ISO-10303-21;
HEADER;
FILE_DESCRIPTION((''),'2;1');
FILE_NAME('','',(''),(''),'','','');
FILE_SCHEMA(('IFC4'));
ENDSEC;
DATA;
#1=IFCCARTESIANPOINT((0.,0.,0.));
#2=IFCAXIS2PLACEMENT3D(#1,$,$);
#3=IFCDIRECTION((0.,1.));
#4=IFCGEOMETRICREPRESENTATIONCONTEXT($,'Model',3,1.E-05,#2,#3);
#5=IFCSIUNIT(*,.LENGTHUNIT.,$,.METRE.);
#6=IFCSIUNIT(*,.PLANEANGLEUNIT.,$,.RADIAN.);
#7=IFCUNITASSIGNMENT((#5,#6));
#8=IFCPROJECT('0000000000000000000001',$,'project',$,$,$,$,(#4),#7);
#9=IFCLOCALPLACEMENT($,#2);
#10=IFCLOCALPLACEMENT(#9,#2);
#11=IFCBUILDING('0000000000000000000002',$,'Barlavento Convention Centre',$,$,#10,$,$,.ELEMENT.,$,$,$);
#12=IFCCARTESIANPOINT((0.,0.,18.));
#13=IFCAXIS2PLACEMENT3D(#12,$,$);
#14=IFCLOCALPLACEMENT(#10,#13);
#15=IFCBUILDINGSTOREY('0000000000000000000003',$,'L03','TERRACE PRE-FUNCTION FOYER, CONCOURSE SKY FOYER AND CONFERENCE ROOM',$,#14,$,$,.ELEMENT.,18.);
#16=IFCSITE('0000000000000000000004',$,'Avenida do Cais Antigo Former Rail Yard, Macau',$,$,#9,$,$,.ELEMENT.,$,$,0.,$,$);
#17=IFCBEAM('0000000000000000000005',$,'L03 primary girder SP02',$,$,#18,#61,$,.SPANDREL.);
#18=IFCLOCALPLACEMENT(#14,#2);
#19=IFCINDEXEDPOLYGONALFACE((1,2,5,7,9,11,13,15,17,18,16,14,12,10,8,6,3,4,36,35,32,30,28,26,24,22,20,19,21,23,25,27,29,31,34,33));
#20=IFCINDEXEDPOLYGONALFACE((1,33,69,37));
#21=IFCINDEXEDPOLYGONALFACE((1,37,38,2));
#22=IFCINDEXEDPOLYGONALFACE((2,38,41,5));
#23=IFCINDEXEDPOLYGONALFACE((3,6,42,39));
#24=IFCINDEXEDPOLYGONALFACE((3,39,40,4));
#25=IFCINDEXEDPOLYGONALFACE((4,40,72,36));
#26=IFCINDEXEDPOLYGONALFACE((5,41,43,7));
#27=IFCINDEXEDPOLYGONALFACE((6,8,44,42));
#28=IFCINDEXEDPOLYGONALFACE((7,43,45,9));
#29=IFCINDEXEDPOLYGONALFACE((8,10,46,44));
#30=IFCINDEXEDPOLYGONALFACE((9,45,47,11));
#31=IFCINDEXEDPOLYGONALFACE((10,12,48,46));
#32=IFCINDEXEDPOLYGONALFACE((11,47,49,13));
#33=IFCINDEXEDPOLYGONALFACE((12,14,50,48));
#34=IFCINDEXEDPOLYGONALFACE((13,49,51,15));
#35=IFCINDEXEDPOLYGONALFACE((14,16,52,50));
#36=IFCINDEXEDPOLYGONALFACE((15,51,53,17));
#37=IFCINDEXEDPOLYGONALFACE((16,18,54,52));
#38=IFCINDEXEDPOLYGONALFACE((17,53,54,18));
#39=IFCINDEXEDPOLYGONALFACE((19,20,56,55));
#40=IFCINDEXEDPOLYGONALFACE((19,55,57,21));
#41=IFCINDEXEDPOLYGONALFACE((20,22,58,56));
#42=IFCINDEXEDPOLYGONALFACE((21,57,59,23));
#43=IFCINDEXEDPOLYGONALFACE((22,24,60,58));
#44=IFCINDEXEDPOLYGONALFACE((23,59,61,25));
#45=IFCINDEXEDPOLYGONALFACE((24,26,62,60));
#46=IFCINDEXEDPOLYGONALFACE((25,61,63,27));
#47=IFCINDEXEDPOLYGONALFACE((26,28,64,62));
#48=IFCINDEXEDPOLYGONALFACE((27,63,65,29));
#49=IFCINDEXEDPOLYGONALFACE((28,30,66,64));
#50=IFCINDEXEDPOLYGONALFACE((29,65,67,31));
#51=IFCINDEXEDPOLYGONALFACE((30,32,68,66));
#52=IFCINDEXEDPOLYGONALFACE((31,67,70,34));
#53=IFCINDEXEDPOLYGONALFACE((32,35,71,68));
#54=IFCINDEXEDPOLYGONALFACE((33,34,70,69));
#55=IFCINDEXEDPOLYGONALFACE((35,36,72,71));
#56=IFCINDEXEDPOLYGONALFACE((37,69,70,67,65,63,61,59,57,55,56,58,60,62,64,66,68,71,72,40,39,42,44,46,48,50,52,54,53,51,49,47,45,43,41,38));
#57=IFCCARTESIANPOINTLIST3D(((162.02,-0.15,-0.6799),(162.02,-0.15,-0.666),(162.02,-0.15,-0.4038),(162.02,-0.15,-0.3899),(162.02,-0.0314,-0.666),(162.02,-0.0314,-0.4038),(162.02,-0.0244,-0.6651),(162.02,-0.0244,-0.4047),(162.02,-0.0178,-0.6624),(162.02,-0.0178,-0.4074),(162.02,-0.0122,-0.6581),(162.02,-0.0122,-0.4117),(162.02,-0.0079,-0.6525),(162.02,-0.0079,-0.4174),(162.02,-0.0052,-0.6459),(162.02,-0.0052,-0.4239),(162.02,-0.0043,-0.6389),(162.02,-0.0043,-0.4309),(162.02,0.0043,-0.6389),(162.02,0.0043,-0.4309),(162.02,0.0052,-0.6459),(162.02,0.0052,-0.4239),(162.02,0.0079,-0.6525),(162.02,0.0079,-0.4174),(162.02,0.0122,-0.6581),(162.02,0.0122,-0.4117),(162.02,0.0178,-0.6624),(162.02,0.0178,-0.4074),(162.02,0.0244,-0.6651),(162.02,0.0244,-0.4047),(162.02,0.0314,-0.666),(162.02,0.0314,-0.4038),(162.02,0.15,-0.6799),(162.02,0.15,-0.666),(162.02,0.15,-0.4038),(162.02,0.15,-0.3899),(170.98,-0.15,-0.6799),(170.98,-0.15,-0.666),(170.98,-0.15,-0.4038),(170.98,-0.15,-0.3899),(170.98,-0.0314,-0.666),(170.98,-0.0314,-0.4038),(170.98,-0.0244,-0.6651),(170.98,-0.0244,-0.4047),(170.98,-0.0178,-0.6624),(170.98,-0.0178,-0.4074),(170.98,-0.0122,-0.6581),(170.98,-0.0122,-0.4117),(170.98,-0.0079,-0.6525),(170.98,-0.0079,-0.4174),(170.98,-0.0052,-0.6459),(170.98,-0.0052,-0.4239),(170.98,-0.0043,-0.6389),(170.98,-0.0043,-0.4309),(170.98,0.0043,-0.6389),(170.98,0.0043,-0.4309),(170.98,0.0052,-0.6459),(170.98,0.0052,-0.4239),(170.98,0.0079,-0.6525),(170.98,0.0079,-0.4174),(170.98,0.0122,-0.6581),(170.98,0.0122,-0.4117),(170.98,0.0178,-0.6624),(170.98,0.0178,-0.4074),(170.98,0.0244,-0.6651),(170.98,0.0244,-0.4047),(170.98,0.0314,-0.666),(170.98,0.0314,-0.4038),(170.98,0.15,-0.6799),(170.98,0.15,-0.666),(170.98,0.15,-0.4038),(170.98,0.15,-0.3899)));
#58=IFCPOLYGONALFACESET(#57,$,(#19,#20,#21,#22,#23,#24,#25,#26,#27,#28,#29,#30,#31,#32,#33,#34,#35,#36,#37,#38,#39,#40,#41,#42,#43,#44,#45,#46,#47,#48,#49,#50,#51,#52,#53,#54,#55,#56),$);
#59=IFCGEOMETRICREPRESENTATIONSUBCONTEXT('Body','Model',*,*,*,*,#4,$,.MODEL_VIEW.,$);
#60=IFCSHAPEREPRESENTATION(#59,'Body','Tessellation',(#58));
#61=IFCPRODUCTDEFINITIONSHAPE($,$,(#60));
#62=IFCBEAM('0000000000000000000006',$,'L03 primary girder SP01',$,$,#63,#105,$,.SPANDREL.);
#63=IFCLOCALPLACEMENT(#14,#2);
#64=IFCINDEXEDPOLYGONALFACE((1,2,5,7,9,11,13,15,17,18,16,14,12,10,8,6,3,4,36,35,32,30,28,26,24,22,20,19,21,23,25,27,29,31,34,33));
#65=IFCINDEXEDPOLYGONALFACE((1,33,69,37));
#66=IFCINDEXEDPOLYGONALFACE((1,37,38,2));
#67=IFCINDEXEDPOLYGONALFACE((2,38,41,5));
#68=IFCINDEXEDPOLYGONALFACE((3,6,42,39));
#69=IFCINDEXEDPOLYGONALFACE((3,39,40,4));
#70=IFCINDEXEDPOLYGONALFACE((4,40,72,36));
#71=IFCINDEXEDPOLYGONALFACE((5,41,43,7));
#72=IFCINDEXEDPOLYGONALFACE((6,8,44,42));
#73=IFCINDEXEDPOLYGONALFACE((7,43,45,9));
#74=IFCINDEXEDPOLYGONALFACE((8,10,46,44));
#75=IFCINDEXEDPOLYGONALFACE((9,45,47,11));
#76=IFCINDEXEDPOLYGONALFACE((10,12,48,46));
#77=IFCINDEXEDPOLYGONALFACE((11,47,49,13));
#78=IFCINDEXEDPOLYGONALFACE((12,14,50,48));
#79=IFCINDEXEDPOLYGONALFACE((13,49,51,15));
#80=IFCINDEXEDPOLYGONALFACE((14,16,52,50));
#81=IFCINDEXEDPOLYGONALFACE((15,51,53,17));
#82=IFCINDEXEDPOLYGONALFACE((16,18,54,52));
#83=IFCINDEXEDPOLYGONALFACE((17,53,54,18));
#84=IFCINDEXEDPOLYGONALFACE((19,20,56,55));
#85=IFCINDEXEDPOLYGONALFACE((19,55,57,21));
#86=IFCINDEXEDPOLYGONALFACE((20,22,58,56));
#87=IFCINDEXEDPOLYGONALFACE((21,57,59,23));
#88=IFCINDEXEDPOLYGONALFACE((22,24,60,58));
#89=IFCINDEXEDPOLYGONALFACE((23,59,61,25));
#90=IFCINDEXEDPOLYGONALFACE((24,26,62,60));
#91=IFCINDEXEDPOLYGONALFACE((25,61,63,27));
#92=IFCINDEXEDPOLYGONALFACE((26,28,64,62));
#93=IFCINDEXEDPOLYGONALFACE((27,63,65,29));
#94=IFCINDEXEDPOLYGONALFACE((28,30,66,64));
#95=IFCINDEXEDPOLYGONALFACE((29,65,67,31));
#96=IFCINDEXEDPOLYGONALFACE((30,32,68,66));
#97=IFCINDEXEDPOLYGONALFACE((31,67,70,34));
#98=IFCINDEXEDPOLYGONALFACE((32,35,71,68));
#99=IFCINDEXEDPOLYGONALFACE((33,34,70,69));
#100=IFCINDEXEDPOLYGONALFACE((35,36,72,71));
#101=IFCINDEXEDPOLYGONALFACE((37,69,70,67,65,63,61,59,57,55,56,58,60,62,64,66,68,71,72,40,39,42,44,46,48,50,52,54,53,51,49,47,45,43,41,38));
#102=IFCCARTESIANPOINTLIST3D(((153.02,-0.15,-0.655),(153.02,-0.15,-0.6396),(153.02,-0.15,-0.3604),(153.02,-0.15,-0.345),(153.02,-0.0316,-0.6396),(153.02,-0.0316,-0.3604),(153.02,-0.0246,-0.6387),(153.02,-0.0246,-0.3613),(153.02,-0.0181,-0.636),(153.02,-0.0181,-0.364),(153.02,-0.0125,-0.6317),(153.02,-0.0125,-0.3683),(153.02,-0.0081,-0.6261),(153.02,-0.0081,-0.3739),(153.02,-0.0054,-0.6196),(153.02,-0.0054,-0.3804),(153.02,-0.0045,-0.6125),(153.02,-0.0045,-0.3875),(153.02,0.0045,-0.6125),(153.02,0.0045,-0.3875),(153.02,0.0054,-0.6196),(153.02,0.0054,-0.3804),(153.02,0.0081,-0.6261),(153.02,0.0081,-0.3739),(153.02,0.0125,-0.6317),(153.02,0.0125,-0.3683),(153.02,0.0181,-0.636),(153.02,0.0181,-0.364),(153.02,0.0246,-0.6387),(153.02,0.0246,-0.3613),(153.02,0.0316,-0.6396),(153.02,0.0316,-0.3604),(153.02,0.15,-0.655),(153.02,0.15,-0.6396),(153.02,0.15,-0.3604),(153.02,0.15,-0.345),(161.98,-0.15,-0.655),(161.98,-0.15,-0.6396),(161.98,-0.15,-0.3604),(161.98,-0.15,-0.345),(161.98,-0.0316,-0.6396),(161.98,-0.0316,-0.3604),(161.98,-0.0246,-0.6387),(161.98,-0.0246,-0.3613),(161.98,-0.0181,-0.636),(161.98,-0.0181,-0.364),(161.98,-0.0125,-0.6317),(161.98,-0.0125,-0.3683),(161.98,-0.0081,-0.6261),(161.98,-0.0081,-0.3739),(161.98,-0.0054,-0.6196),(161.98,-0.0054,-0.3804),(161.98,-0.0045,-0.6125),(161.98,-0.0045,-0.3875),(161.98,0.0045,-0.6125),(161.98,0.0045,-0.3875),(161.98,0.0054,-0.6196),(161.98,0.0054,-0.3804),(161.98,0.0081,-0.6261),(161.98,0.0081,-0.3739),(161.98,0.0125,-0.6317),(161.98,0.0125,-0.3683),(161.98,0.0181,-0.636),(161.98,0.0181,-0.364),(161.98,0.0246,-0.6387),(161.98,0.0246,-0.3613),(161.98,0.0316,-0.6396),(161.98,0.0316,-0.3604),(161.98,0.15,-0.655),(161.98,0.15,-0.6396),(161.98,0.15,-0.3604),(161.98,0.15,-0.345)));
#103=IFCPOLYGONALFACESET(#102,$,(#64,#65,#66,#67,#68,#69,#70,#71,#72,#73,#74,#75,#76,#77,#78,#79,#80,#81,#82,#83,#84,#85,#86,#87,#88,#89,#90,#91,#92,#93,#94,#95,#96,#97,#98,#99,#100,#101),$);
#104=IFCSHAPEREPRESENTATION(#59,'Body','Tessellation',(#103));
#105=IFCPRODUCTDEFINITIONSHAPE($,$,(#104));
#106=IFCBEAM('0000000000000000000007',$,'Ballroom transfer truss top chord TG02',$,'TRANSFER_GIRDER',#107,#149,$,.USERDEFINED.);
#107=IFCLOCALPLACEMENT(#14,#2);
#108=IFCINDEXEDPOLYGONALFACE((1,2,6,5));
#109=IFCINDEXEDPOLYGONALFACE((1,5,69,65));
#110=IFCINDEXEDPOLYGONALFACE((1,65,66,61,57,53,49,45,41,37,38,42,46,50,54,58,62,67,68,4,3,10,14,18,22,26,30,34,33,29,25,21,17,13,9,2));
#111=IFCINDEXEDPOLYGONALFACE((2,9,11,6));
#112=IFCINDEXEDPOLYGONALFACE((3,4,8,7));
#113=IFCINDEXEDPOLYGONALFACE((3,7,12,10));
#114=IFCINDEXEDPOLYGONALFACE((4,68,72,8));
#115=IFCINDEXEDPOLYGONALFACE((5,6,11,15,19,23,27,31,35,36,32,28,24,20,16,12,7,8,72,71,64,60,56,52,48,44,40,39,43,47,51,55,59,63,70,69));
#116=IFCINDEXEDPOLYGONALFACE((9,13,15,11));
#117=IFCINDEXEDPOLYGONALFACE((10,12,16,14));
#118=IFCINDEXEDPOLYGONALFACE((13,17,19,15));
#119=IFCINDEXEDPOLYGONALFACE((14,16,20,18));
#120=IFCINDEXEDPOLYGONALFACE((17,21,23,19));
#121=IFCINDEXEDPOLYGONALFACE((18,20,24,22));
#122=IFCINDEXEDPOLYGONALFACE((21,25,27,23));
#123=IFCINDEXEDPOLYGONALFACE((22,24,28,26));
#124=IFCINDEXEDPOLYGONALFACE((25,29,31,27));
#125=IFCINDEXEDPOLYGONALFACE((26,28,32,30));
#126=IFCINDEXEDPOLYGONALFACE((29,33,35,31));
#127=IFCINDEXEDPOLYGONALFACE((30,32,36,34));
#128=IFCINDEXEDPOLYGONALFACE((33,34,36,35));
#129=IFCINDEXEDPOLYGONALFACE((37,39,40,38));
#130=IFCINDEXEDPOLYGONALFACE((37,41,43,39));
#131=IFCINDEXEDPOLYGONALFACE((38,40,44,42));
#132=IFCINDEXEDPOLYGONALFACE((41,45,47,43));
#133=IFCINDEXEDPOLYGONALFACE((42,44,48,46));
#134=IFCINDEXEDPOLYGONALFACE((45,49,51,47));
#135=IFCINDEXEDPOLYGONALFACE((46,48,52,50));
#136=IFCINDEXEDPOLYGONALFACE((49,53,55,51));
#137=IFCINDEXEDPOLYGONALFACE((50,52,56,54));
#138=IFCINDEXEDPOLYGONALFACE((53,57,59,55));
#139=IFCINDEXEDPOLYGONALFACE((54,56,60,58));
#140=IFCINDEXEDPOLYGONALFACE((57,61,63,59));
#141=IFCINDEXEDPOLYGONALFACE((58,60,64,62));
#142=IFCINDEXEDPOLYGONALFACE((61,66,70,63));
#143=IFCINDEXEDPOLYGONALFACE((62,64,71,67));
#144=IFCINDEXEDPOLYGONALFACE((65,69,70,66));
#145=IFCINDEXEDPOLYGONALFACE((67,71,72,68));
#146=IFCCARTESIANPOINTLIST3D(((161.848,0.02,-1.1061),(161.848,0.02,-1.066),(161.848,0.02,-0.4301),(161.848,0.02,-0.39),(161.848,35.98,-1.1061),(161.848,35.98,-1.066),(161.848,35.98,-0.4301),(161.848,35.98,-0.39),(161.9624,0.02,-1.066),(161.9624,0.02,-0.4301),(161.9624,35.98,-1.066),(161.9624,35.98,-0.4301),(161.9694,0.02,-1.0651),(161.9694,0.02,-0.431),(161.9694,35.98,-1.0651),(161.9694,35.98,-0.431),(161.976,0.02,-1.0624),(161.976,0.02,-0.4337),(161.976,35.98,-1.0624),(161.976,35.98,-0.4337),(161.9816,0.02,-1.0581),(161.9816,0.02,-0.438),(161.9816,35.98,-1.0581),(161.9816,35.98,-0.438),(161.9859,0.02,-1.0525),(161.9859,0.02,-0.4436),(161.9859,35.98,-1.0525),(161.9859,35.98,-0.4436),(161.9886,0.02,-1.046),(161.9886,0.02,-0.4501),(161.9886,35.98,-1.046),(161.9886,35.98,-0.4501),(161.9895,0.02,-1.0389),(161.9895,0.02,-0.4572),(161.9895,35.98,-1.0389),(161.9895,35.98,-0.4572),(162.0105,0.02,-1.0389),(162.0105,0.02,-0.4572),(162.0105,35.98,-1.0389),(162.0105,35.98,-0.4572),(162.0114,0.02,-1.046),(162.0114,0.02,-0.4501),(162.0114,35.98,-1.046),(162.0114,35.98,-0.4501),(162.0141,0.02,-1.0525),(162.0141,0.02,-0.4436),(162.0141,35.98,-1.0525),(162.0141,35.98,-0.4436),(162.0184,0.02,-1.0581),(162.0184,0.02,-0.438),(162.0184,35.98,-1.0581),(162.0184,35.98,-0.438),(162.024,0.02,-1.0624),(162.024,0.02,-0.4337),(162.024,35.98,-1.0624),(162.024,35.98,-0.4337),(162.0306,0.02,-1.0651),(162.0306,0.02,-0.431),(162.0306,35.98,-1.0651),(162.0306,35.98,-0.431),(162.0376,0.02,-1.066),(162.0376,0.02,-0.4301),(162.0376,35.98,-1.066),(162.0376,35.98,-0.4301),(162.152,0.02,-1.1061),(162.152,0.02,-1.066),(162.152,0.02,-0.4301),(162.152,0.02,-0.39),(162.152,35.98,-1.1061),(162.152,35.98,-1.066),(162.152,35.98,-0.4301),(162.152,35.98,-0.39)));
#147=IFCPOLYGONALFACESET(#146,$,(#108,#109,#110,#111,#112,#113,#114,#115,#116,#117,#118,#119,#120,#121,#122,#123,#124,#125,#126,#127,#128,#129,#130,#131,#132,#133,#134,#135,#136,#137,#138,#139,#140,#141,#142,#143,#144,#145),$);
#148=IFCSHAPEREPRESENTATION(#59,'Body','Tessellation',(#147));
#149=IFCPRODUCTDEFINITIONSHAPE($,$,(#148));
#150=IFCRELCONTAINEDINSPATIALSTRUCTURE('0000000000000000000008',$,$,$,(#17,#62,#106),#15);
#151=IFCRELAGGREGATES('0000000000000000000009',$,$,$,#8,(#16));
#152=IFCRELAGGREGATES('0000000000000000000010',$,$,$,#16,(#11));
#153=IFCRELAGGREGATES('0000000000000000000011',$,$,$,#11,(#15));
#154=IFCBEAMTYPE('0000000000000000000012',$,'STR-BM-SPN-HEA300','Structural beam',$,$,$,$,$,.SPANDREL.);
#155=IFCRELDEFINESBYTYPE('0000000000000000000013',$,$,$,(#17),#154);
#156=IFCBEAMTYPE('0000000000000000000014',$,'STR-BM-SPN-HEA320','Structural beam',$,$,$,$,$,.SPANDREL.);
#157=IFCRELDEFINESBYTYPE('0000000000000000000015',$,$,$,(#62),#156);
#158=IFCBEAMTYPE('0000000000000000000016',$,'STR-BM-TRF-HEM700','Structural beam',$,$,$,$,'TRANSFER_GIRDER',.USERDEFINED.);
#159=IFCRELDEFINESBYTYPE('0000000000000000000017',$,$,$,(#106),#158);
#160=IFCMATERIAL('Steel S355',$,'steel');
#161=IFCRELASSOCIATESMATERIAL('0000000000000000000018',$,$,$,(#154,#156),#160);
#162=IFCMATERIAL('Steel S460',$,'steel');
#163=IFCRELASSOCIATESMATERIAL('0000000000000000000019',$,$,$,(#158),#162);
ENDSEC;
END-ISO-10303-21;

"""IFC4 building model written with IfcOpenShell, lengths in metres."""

from ifc_helpers import new_model, si_unit, direction, frame, origin, origin_2d, place, context, subcontext, project, spatial, i_section, extrude, material, material_profile, profile_set, type_object, element, save


model = new_model("IFC4")

# Units and contexts
model_context = context("Model", 3, precision=1e-05, world=origin(), true_north=direction((0.0, 1.0)))
body_context = subcontext(model_context, "Body", "Model", "MODEL_VIEW")
ifc_project = project(units=[si_unit("LENGTHUNIT", "METRE"), si_unit("PLANEANGLEUNIT", "RADIAN")], contexts=[model_context])

# Site, building, storey
site_placement = place(None, origin())
site = spatial("IfcSite", under=ifc_project, at=site_placement, Name="Avenida do Cais Antigo Former Rail Yard, Macau", CompositionType="ELEMENT", RefElevation=0.0)
building_placement = place(site_placement, origin())
building = spatial("IfcBuilding", under=site, at=building_placement, Name="Barlavento Convention Centre", CompositionType="ELEMENT")
storey_placement = place(building_placement, frame((0.0, 0.0, 18.0)))
storey = spatial("IfcBuildingStorey", under=building, at=storey_placement, Name="L03", Description="TERRACE PRE-FUNCTION FOYER, CONCOURSE SKY FOYER AND CONFERENCE ROOM", CompositionType="ELEMENT", Elevation=18.0)

# Beams
ifc_material_1 = material(Name="Steel S355", Category="steel")
ifc_material_profile_1 = material_profile(ifc_material_1, i_section(OverallWidth=0.3, OverallDepth=0.29, WebThickness=0.0085, FlangeThickness=0.0139, FilletRadius=0.0271, at=origin_2d()), Name="HEA 300")
ifc_profile_set_1 = profile_set([ifc_material_profile_1], Name="Steel S355")
beam_type_1 = type_object("IfcBeamType", Name="STR-BM-SPN-HEA300", Description="Structural beam", PredefinedType="SPANDREL", material=ifc_profile_set_1)
beam_1_placement = place(storey_placement, frame((162.02, 0.0, -0.5349), z_axis=(1.0, 0.0, 0.0), x_axis=(0.0, 1.0, 0.0)))
element("IfcBeam", 1, at=beam_1_placement, inside=storey, type_object=beam_type_1, Name="L03 primary girder SP02", PredefinedType="SPANDREL", context=body_context, shape_type="SweptSolid", body=[
    extrude(i_section(OverallWidth=0.3, OverallDepth=0.29, WebThickness=0.0085, FlangeThickness=0.0139, FilletRadius=0.0271, at=origin_2d()), origin(), (0.0, 0.0, 1.0), 8.96),
])
ifc_material_profile_2 = material_profile(ifc_material_1, i_section(OverallWidth=0.3, OverallDepth=0.3101, WebThickness=0.009, FlangeThickness=0.0154, FilletRadius=0.0271, at=origin_2d()), Name="HEA 320")
ifc_profile_set_2 = profile_set([ifc_material_profile_2], Name="Steel S355")
beam_type_2 = type_object("IfcBeamType", Name="STR-BM-SPN-HEA320", Description="Structural beam", PredefinedType="SPANDREL", material=ifc_profile_set_2)
beam_2_placement = place(storey_placement, frame((153.02, 0.0, -0.5), z_axis=(1.0, 0.0, 0.0), x_axis=(0.0, 1.0, 0.0)))
element("IfcBeam", 2, at=beam_2_placement, inside=storey, type_object=beam_type_2, Name="L03 primary girder SP01", PredefinedType="SPANDREL", context=body_context, shape_type="SweptSolid", body=[
    extrude(i_section(OverallWidth=0.3, OverallDepth=0.3101, WebThickness=0.009, FlangeThickness=0.0154, FilletRadius=0.0271, at=origin_2d()), origin(), (0.0, 0.0, 1.0), 8.96),
])
ifc_material_2 = material(Name="Steel S460", Category="steel")
ifc_material_profile_3 = material_profile(ifc_material_2, i_section(OverallWidth=0.304, OverallDepth=0.7161, WebThickness=0.021, FlangeThickness=0.04, FilletRadius=0.0271, at=origin_2d()), Name="HEM 700")
ifc_profile_set_3 = profile_set([ifc_material_profile_3], Name="Steel S460")
beam_type_3 = type_object("IfcBeamType", Name="STR-BM-TRF-HEM700", Description="Structural beam", ElementType="TRANSFER_GIRDER", PredefinedType="USERDEFINED", material=ifc_profile_set_3)
beam_3_placement = place(storey_placement, frame((162.0, 0.02, -0.748), z_axis=(0.0, 1.0, 0.0), x_axis=(-1.0, 0.0, 0.0)))
element("IfcBeam", 3, at=beam_3_placement, inside=storey, type_object=beam_type_3, Name="Ballroom transfer truss top chord TG02", ObjectType="TRANSFER_GIRDER", PredefinedType="USERDEFINED", context=body_context, shape_type="SweptSolid", body=[
    extrude(i_section(OverallWidth=0.304, OverallDepth=0.7161, WebThickness=0.021, FlangeThickness=0.04, FilletRadius=0.0271, at=origin_2d()), origin(), (0.0, 0.0, 1.0), 35.96),
])

save(model, "model.ifc")
